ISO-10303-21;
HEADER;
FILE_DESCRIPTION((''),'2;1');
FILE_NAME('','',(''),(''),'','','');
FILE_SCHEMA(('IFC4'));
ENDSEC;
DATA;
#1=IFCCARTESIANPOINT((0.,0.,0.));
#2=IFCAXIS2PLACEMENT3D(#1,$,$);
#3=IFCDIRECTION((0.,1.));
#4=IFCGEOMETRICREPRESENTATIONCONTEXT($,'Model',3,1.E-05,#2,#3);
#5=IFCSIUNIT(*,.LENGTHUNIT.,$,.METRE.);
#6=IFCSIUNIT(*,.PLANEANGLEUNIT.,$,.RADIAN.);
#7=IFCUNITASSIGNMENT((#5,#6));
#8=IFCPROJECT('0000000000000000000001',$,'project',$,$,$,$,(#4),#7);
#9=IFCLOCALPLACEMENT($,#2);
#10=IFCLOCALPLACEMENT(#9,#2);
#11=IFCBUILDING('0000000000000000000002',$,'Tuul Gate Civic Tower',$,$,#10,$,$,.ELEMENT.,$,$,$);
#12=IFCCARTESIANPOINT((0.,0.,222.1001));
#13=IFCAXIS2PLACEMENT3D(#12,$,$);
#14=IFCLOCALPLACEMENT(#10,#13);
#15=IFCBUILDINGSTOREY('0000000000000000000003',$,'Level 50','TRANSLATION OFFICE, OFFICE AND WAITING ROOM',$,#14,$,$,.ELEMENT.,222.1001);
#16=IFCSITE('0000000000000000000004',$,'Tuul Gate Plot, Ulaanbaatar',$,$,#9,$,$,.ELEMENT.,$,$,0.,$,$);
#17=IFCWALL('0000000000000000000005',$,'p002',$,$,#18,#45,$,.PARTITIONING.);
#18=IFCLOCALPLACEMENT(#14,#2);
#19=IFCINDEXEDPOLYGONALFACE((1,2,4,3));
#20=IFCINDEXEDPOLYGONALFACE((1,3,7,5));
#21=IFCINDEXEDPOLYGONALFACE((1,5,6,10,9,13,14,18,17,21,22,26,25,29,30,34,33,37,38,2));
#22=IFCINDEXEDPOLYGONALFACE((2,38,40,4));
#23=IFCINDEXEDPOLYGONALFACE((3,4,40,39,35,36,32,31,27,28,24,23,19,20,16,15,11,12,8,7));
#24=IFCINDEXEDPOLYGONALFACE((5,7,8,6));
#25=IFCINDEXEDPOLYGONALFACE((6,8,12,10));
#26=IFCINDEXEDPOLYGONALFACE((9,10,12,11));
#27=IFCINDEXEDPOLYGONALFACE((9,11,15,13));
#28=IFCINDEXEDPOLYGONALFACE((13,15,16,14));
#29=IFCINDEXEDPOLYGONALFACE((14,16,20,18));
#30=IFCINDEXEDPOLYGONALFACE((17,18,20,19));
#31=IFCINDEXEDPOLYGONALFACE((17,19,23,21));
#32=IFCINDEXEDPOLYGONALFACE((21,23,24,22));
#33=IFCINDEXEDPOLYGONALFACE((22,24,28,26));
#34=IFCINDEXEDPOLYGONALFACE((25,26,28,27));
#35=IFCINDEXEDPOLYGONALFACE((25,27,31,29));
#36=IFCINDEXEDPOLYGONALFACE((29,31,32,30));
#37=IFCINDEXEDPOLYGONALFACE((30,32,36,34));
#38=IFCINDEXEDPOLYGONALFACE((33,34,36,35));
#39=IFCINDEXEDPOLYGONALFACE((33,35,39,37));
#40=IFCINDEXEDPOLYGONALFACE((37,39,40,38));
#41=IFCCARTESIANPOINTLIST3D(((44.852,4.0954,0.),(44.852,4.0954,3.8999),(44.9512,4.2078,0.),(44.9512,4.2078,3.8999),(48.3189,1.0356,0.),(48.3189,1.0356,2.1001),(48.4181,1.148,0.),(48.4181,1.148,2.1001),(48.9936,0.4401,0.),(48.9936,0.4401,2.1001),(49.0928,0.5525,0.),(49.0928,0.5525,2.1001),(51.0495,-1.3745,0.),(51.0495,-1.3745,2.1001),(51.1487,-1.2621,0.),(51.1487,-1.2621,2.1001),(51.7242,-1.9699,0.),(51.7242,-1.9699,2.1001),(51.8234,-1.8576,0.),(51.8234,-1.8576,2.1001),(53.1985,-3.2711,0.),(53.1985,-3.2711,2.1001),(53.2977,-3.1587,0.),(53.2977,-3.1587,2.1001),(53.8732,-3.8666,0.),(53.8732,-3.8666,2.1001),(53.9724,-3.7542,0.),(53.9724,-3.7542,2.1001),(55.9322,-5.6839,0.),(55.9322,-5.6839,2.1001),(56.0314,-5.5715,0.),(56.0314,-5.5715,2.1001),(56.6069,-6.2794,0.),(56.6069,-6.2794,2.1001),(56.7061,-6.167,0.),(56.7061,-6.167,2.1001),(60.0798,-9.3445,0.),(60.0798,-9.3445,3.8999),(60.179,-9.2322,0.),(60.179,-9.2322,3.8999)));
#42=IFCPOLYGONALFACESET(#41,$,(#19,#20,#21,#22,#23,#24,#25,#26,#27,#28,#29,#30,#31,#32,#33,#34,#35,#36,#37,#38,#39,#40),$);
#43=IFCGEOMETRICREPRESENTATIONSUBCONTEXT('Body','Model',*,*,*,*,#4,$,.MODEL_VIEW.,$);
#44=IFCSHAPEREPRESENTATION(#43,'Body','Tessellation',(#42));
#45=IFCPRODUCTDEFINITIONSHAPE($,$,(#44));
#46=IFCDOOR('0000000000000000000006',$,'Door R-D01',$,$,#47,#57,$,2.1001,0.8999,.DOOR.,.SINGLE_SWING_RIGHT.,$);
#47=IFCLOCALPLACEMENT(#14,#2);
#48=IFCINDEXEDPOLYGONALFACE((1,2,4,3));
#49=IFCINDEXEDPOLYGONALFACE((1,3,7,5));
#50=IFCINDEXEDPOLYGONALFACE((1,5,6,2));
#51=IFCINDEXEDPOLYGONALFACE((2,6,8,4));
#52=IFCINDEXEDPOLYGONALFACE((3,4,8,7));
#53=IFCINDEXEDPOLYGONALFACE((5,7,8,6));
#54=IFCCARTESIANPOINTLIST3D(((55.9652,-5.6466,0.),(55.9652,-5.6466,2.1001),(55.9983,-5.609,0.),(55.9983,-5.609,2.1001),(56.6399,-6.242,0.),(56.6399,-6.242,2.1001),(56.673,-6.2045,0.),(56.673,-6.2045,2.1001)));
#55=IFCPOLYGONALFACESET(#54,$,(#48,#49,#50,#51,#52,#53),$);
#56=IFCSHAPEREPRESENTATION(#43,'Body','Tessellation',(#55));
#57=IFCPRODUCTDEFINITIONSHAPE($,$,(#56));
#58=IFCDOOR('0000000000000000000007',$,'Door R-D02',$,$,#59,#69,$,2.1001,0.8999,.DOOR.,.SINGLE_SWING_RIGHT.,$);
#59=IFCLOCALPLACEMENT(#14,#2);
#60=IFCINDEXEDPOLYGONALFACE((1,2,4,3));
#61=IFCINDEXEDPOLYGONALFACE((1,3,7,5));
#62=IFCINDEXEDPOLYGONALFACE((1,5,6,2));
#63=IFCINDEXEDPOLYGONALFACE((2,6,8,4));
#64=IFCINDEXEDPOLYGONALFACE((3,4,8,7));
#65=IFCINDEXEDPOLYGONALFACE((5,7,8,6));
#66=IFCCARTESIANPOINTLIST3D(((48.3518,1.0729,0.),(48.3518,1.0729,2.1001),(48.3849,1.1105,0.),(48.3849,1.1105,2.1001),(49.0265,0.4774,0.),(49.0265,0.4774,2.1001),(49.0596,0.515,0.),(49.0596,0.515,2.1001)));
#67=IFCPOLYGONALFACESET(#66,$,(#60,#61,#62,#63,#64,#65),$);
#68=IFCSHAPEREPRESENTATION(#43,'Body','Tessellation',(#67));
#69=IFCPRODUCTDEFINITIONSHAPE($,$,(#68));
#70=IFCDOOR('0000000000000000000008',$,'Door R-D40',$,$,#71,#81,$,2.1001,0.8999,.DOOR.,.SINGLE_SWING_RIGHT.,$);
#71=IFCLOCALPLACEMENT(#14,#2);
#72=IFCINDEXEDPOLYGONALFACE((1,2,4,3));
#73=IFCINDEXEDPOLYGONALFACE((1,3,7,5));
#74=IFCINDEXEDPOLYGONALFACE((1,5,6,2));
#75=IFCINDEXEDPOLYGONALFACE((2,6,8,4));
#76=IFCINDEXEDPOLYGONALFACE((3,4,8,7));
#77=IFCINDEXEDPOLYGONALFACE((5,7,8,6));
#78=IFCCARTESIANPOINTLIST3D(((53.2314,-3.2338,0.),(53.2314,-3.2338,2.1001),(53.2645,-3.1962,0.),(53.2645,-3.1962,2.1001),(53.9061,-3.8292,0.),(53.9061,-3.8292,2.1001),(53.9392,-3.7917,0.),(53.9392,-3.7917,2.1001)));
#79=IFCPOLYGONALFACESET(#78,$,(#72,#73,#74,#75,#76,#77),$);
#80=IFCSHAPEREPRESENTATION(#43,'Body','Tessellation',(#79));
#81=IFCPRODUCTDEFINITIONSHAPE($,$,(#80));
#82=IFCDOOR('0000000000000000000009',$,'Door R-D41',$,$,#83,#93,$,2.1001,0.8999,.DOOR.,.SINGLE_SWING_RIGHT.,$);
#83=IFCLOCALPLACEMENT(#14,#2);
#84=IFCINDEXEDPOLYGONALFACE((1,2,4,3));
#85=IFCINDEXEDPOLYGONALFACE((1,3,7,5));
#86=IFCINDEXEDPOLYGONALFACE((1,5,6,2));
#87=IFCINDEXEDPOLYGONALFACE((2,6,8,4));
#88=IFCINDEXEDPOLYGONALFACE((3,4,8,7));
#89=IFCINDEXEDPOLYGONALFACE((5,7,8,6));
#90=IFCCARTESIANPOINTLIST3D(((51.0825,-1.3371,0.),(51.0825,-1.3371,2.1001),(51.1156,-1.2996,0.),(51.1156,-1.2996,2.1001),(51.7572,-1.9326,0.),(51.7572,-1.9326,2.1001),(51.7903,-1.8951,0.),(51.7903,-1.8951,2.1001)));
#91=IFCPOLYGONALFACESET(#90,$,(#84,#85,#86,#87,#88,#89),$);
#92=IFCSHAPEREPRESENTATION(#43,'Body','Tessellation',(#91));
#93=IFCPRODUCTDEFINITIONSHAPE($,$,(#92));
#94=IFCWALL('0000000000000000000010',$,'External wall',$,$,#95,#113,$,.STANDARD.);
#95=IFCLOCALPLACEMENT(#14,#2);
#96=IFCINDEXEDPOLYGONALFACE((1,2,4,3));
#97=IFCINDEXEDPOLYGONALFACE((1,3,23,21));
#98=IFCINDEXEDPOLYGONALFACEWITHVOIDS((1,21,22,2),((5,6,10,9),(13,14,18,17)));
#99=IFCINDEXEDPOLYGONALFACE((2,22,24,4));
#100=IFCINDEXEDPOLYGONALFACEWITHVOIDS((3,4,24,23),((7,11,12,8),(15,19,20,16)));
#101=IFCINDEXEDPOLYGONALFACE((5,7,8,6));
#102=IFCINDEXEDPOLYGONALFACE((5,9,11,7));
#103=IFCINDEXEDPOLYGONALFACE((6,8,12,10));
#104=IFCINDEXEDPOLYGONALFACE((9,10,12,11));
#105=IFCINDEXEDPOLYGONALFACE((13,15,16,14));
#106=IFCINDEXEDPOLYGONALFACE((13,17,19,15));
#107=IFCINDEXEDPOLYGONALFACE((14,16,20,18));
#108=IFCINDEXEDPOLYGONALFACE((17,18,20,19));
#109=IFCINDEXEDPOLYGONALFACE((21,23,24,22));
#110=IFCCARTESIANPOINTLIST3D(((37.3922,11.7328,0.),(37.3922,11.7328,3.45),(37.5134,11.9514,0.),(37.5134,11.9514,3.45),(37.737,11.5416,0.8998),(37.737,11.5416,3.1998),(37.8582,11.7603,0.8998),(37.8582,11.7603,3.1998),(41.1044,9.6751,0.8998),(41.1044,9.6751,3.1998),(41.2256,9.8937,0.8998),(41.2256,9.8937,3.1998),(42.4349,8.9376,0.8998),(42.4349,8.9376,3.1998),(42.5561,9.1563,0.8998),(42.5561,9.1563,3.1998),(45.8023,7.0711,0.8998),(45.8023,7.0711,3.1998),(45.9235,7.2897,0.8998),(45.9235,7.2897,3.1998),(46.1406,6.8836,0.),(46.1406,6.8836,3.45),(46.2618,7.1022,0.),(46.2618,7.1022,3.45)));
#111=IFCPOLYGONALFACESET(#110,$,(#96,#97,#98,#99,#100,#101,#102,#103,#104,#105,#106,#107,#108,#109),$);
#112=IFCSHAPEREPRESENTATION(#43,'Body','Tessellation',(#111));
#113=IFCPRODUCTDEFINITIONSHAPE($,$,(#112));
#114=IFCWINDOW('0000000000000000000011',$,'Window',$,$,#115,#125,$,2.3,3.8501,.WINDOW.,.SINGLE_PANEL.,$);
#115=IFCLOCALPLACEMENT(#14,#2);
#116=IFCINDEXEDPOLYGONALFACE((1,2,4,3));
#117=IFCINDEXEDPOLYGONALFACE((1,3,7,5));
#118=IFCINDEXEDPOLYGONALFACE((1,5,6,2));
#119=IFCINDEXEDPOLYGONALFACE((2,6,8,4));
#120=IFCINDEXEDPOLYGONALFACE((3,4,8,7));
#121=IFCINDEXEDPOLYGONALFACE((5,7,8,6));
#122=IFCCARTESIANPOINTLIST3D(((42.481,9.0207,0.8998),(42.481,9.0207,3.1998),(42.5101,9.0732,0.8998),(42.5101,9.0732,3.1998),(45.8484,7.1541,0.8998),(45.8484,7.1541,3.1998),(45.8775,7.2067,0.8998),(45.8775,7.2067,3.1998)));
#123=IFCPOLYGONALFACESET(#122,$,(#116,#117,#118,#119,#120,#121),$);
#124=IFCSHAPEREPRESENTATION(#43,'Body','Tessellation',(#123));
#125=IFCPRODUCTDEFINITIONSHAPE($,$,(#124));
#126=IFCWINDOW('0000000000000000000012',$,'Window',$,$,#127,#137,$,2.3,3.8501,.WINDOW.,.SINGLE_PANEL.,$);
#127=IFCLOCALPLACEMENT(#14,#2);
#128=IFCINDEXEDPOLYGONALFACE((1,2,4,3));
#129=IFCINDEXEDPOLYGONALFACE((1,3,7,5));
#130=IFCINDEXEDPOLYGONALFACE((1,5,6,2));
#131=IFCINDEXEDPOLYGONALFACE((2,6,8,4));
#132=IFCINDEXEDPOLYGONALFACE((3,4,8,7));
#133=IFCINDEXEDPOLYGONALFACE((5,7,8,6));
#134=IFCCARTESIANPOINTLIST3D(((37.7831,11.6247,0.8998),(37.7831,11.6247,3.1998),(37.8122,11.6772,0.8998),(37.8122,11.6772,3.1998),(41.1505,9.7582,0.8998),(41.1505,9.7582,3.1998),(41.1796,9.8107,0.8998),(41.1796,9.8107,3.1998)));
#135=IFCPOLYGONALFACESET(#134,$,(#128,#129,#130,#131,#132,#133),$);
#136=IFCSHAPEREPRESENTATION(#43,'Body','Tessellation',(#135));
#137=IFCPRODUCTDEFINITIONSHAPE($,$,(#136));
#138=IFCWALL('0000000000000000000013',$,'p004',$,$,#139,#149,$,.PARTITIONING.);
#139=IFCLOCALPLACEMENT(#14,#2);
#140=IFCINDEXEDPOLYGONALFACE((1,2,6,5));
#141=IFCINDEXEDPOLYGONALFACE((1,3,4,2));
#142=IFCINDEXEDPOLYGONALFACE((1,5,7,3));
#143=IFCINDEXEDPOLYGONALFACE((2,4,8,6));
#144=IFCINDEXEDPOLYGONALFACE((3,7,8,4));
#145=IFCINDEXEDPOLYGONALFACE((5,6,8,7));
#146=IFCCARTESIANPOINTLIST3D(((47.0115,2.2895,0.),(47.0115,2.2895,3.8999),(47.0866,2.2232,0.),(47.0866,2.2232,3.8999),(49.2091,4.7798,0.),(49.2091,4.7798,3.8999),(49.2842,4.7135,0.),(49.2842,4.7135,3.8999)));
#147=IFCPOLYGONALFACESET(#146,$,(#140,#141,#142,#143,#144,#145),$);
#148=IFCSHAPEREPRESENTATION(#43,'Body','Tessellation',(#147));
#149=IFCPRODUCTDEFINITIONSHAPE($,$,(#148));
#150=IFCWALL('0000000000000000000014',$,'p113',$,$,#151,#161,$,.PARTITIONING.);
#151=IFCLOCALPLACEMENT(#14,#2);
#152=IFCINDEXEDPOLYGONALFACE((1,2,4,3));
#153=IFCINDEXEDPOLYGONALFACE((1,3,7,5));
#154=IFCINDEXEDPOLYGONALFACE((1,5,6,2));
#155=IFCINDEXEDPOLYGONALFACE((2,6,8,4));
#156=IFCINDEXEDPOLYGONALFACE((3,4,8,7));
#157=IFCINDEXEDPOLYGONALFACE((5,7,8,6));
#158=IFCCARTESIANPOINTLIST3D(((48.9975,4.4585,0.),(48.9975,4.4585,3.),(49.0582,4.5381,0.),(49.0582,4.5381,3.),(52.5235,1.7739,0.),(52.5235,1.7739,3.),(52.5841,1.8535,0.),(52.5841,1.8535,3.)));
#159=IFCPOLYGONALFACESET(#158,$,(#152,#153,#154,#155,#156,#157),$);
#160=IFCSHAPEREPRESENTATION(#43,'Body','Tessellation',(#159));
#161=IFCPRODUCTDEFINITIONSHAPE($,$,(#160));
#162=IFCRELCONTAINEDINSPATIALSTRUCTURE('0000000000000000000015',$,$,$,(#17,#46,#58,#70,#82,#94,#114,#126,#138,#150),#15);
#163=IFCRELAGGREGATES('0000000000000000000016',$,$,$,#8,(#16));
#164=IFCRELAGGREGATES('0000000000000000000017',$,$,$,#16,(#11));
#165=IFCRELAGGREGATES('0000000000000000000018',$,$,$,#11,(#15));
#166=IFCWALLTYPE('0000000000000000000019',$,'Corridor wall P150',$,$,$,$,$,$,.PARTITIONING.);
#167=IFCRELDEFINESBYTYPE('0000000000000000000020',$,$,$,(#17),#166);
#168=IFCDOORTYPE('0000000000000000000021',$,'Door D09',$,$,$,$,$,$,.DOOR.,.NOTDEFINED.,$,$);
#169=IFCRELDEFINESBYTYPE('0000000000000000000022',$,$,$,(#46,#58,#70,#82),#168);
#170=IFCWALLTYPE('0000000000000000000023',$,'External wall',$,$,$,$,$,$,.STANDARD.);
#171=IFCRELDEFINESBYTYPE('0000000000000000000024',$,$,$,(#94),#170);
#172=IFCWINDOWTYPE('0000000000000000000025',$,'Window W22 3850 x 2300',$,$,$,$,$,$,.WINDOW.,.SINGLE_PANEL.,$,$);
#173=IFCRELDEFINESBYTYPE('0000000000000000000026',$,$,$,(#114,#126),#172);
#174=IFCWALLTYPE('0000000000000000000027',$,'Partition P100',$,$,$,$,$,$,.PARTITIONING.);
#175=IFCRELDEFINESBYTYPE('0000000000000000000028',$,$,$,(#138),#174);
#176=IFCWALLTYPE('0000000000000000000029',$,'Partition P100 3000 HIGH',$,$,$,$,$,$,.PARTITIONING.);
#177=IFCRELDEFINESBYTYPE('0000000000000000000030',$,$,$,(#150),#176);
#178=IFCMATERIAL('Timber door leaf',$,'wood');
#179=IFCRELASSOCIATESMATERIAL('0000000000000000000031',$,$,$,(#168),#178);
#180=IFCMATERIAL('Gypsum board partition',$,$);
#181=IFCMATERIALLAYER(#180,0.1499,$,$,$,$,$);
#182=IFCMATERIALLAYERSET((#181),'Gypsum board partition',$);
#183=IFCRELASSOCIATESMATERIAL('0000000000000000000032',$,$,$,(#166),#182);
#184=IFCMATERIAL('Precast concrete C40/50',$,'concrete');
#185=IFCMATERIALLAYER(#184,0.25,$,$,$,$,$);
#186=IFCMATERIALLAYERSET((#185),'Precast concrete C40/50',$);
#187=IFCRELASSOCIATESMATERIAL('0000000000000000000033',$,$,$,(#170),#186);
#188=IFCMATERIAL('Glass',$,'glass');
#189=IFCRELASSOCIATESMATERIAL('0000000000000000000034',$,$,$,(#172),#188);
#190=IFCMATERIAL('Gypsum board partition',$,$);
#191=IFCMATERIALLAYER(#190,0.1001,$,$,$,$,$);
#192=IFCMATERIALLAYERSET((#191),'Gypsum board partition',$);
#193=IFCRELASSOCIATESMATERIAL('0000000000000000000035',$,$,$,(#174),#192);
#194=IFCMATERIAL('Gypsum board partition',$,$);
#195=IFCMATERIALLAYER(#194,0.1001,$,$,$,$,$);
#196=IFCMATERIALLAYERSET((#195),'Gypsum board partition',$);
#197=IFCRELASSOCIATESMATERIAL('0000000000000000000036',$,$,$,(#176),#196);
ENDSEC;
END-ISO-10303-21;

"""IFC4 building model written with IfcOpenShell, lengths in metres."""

from ifc_helpers import new_model, si_unit, direction, frame, frame_2d, origin, place, context, subcontext, project, spatial, rectangle, extrude, material, layer, layer_set, type_object, element, fill, save


model = new_model("IFC4")

# Units and contexts
model_context = context("Model", 3, precision=1e-05, world=origin(), true_north=direction((0.0, 1.0)))
body_context = subcontext(model_context, "Body", "Model", "MODEL_VIEW")
ifc_project = project(units=[si_unit("LENGTHUNIT", "METRE"), si_unit("PLANEANGLEUNIT", "RADIAN")], contexts=[model_context])

# Site, building, storey
site_placement = place(None, origin())
site = spatial("IfcSite", under=ifc_project, at=site_placement, Name="Tuul Gate Plot, Ulaanbaatar", CompositionType="ELEMENT", RefElevation=0.0)
building_placement = place(site_placement, origin())
building = spatial("IfcBuilding", under=site, at=building_placement, Name="Tuul Gate Civic Tower", CompositionType="ELEMENT")
storey_placement = place(building_placement, frame((0.0, 0.0, 222.1001)))
storey = spatial("IfcBuildingStorey", under=building, at=storey_placement, Name="Level 50", Description="TRANSLATION OFFICE, OFFICE AND WAITING ROOM", CompositionType="ELEMENT", Elevation=222.1001)

# Wall, openings, doors
ifc_material_1 = material(Name="Timber door leaf", Category="wood")
door_type = type_object("IfcDoorType", Name="Door D09", OperationType="NOTDEFINED", PredefinedType="DOOR", material=ifc_material_1)
ifc_material_2 = material(Name="Gypsum board partition")
ifc_layer_1 = layer(ifc_material_2, 0.1499)
ifc_layer_set_1 = layer_set([ifc_layer_1], Name="Gypsum board partition")
wall_type_1 = type_object("IfcWallType", Name="Corridor wall P150", PredefinedType="PARTITIONING", material=ifc_layer_set_1)
wall_1_placement = place(storey_placement, frame((44.9016, 4.1516, 0.0), z_axis=(0.0, 0.0, 1.0), x_axis=(0.749748, -0.661723, 0.0)))
wall_1 = element("IfcWall", 1, at=wall_1_placement, inside=storey, type_object=wall_type_1, Name="p002", PredefinedType="PARTITIONING", context=body_context, shape_type="SweptSolid", body=[
    extrude(rectangle(XDim=20.3105, YDim=0.1499, at=frame_2d((10.1553, 0.0))), origin(), (0.0, 0.0, 1.0), 3.8999),
])
opening_1_placement = place(wall_1_placement, frame((14.7786, 0.0, 0.0)))
opening_1 = element("IfcOpeningElement", 2, at=opening_1_placement, cuts=wall_1, PredefinedType="OPENING", context=body_context, shape_type="SweptSolid", body=[
    extrude(rectangle(XDim=0.8999, YDim=2.1001, at=frame_2d((0.45, 1.05))), frame((0.0, 0.085, 0.0), z_axis=(0.0, -1.0, 0.0), x_axis=(1.0, 0.0, 0.0)), (0.0, 0.0, 1.0), 0.1699),
])
opening_2_placement = place(wall_1_placement, frame((4.624, 0.0, 0.0)))
opening_2 = element("IfcOpeningElement", 3, at=opening_2_placement, cuts=wall_1, PredefinedType="OPENING", context=body_context, shape_type="SweptSolid", body=[
    extrude(rectangle(XDim=0.8999, YDim=2.1001, at=frame_2d((0.45, 1.05))), frame((0.0, 0.085, 0.0), z_axis=(0.0, -1.0, 0.0), x_axis=(1.0, 0.0, 0.0)), (0.0, 0.0, 1.0), 0.1699),
])
opening_3_placement = place(wall_1_placement, frame((11.1323, 0.0, 0.0)))
opening_3 = element("IfcOpeningElement", 4, at=opening_3_placement, cuts=wall_1, PredefinedType="OPENING", context=body_context, shape_type="SweptSolid", body=[
    extrude(rectangle(XDim=0.8999, YDim=2.1001, at=frame_2d((0.45, 1.05))), frame((0.0, 0.085, 0.0), z_axis=(0.0, -1.0, 0.0), x_axis=(1.0, 0.0, 0.0)), (0.0, 0.0, 1.0), 0.1699),
])
opening_4_placement = place(wall_1_placement, frame((8.2661, 0.0, 0.0)))
opening_4 = element("IfcOpeningElement", 5, at=opening_4_placement, cuts=wall_1, PredefinedType="OPENING", context=body_context, shape_type="SweptSolid", body=[
    extrude(rectangle(XDim=0.8999, YDim=2.1001, at=frame_2d((0.45, 1.05))), frame((0.0, 0.085, 0.0), z_axis=(0.0, -1.0, 0.0), x_axis=(1.0, 0.0, 0.0)), (0.0, 0.0, 1.0), 0.1699),
])
door_1_placement = place(opening_1_placement, origin())
door_1 = element("IfcDoor", 6, at=door_1_placement, inside=storey, type_object=door_type, Name="Door R-D01", OperationType="SINGLE_SWING_RIGHT", OverallHeight=2.1001, OverallWidth=0.8999, PredefinedType="DOOR", context=body_context, shape_type="SweptSolid", body=[
    extrude(rectangle(XDim=0.8999, YDim=2.1001, at=frame_2d((0.45, 1.05))), frame((0.0, 0.0249, 0.0), z_axis=(0.0, -1.0, 0.0), x_axis=(1.0, 0.0, 0.0)), (0.0, 0.0, 1.0), 0.05),
])
fill(opening_1, door_1)
door_2_placement = place(opening_2_placement, origin())
door_2 = element("IfcDoor", 7, at=door_2_placement, inside=storey, type_object=door_type, Name="Door R-D02", OperationType="SINGLE_SWING_RIGHT", OverallHeight=2.1001, OverallWidth=0.8999, PredefinedType="DOOR", context=body_context, shape_type="SweptSolid", body=[
    extrude(rectangle(XDim=0.8999, YDim=2.1001, at=frame_2d((0.45, 1.05))), frame((0.0, 0.0249, 0.0), z_axis=(0.0, -1.0, 0.0), x_axis=(1.0, 0.0, 0.0)), (0.0, 0.0, 1.0), 0.05),
])
fill(opening_2, door_2)
door_3_placement = place(opening_3_placement, origin())
door_3 = element("IfcDoor", 8, at=door_3_placement, inside=storey, type_object=door_type, Name="Door R-D40", OperationType="SINGLE_SWING_RIGHT", OverallHeight=2.1001, OverallWidth=0.8999, PredefinedType="DOOR", context=body_context, shape_type="SweptSolid", body=[
    extrude(rectangle(XDim=0.8999, YDim=2.1001, at=frame_2d((0.45, 1.05))), frame((0.0, 0.0249, 0.0), z_axis=(0.0, -1.0, 0.0), x_axis=(1.0, 0.0, 0.0)), (0.0, 0.0, 1.0), 0.05),
])
fill(opening_3, door_3)
door_4_placement = place(opening_4_placement, origin())
door_4 = element("IfcDoor", 9, at=door_4_placement, inside=storey, type_object=door_type, Name="Door R-D41", OperationType="SINGLE_SWING_RIGHT", OverallHeight=2.1001, OverallWidth=0.8999, PredefinedType="DOOR", context=body_context, shape_type="SweptSolid", body=[
    extrude(rectangle(XDim=0.8999, YDim=2.1001, at=frame_2d((0.45, 1.05))), frame((0.0, 0.0249, 0.0), z_axis=(0.0, -1.0, 0.0), x_axis=(1.0, 0.0, 0.0)), (0.0, 0.0, 1.0), 0.05),
])
fill(opening_4, door_4)

# Wall, openings, windows
ifc_material_3 = material(Name="Precast concrete C40/50", Category="concrete")
ifc_layer_2 = layer(ifc_material_3, 0.25)
ifc_layer_set_2 = layer_set([ifc_layer_2], Name="Precast concrete C40/50")
wall_type_2 = type_object("IfcWallType", Name="External wall", PredefinedType="STANDARD", material=ifc_layer_set_2)
wall_2_placement = place(storey_placement, frame((46.2012, 6.9929, 0.0), z_axis=(0.0, 0.0, 1.0), x_axis=(-0.874625, 0.484799, 0.0)))
wall_2 = element("IfcWall", 10, at=wall_2_placement, inside=storey, type_object=wall_type_2, Name="External wall", PredefinedType="STANDARD", context=body_context, shape_type="SweptSolid", body=[
    extrude(rectangle(XDim=10.0024, YDim=0.25, at=frame_2d((5.0012, 0.0))), origin(), (0.0, 0.0, 1.0), 3.45),
])
opening_5_placement = place(wall_2_placement, frame((0.3867, 0.0, 0.8999)))
opening_5 = element("IfcOpeningElement", 11, at=opening_5_placement, cuts=wall_2, PredefinedType="OPENING", context=body_context, shape_type="SweptSolid", body=[
    extrude(rectangle(XDim=3.8501, YDim=2.3, at=frame_2d((1.925, 1.1499))), frame((0.0, 0.135, 0.0), z_axis=(0.0, -1.0, 0.0), x_axis=(1.0, 0.0, 0.0)), (0.0, 0.0, 1.0), 0.27),
])
opening_6_placement = place(wall_2_placement, frame((5.7581, 0.0, 0.8999)))
opening_6 = element("IfcOpeningElement", 12, at=opening_6_placement, cuts=wall_2, PredefinedType="OPENING", context=body_context, shape_type="SweptSolid", body=[
    extrude(rectangle(XDim=3.8501, YDim=2.3, at=frame_2d((1.925, 1.1499))), frame((0.0, 0.135, 0.0), z_axis=(0.0, -1.0, 0.0), x_axis=(1.0, 0.0, 0.0)), (0.0, 0.0, 1.0), 0.27),
])
ifc_material_4 = material(Name="Glass", Category="glass")
window_type = type_object("IfcWindowType", Name="Window W22 3850 x 2300", PartitioningType="SINGLE_PANEL", PredefinedType="WINDOW", material=ifc_material_4)
window_1_placement = place(opening_5_placement, origin())
window_1 = element("IfcWindow", 13, at=window_1_placement, inside=storey, type_object=window_type, Name="Window", OverallHeight=2.3, OverallWidth=3.8501, PartitioningType="SINGLE_PANEL", PredefinedType="WINDOW", context=body_context, shape_type="SweptSolid", body=[
    extrude(rectangle(XDim=3.8501, YDim=2.3, at=frame_2d((1.925, 1.1499))), frame((0.0, 0.03, 0.0), z_axis=(0.0, -1.0, 0.0), x_axis=(1.0, 0.0, 0.0)), (0.0, 0.0, 1.0), 0.0601),
])
fill(opening_5, window_1)
window_2_placement = place(opening_6_placement, origin())
window_2 = element("IfcWindow", 14, at=window_2_placement, inside=storey, type_object=window_type, Name="Window", OverallHeight=2.3, OverallWidth=3.8501, PartitioningType="SINGLE_PANEL", PredefinedType="WINDOW", context=body_context, shape_type="SweptSolid", body=[
    extrude(rectangle(XDim=3.8501, YDim=2.3, at=frame_2d((1.925, 1.1499))), frame((0.0, 0.03, 0.0), z_axis=(0.0, -1.0, 0.0), x_axis=(1.0, 0.0, 0.0)), (0.0, 0.0, 1.0), 0.0601),
])
fill(opening_6, window_2)

# Walls
ifc_material_5 = material(Name="Gypsum board partition")
ifc_layer_3 = layer(ifc_material_5, 0.1001)
ifc_layer_set_3 = layer_set([ifc_layer_3], Name="Gypsum board partition")
wall_type_3 = type_object("IfcWallType", Name="Partition P100", PredefinedType="PARTITIONING", material=ifc_layer_set_3)
wall_3_placement = place(storey_placement, frame((47.0491, 2.2563, 0.0), z_axis=(0.0, 0.0, 1.0), x_axis=(0.661663, 0.749801, 0.0)))
element("IfcWall", 15, at=wall_3_placement, inside=storey, type_object=wall_type_3, Name="p004", PredefinedType="PARTITIONING", context=body_context, shape_type="SweptSolid", body=[
    extrude(rectangle(XDim=3.3213, YDim=0.1001, at=frame_2d((1.6606, 0.0))), origin(), (0.0, 0.0, 1.0), 3.8999),
])
ifc_material_6 = material(Name="Gypsum board partition")
ifc_layer_4 = layer(ifc_material_6, 0.1001)
ifc_layer_set_4 = layer_set([ifc_layer_4], Name="Gypsum board partition")
wall_type_4 = type_object("IfcWallType", Name="Partition P100 3000 HIGH", PredefinedType="PARTITIONING", material=ifc_layer_set_4)
wall_4_placement = place(storey_placement, frame((49.0278, 4.4983, 0.0), z_axis=(0.0, 0.0, 1.0), x_axis=(0.795629, -0.605784, 0.0)))
element("IfcWall", 16, at=wall_4_placement, inside=storey, type_object=wall_type_4, Name="p113", PredefinedType="PARTITIONING", context=body_context, shape_type="SweptSolid", body=[
    extrude(rectangle(XDim=4.4316, YDim=0.1001, at=frame_2d((2.2158, 0.0))), origin(), (0.0, 0.0, 1.0), 3.0),
])

save(model, "model.ifc")
